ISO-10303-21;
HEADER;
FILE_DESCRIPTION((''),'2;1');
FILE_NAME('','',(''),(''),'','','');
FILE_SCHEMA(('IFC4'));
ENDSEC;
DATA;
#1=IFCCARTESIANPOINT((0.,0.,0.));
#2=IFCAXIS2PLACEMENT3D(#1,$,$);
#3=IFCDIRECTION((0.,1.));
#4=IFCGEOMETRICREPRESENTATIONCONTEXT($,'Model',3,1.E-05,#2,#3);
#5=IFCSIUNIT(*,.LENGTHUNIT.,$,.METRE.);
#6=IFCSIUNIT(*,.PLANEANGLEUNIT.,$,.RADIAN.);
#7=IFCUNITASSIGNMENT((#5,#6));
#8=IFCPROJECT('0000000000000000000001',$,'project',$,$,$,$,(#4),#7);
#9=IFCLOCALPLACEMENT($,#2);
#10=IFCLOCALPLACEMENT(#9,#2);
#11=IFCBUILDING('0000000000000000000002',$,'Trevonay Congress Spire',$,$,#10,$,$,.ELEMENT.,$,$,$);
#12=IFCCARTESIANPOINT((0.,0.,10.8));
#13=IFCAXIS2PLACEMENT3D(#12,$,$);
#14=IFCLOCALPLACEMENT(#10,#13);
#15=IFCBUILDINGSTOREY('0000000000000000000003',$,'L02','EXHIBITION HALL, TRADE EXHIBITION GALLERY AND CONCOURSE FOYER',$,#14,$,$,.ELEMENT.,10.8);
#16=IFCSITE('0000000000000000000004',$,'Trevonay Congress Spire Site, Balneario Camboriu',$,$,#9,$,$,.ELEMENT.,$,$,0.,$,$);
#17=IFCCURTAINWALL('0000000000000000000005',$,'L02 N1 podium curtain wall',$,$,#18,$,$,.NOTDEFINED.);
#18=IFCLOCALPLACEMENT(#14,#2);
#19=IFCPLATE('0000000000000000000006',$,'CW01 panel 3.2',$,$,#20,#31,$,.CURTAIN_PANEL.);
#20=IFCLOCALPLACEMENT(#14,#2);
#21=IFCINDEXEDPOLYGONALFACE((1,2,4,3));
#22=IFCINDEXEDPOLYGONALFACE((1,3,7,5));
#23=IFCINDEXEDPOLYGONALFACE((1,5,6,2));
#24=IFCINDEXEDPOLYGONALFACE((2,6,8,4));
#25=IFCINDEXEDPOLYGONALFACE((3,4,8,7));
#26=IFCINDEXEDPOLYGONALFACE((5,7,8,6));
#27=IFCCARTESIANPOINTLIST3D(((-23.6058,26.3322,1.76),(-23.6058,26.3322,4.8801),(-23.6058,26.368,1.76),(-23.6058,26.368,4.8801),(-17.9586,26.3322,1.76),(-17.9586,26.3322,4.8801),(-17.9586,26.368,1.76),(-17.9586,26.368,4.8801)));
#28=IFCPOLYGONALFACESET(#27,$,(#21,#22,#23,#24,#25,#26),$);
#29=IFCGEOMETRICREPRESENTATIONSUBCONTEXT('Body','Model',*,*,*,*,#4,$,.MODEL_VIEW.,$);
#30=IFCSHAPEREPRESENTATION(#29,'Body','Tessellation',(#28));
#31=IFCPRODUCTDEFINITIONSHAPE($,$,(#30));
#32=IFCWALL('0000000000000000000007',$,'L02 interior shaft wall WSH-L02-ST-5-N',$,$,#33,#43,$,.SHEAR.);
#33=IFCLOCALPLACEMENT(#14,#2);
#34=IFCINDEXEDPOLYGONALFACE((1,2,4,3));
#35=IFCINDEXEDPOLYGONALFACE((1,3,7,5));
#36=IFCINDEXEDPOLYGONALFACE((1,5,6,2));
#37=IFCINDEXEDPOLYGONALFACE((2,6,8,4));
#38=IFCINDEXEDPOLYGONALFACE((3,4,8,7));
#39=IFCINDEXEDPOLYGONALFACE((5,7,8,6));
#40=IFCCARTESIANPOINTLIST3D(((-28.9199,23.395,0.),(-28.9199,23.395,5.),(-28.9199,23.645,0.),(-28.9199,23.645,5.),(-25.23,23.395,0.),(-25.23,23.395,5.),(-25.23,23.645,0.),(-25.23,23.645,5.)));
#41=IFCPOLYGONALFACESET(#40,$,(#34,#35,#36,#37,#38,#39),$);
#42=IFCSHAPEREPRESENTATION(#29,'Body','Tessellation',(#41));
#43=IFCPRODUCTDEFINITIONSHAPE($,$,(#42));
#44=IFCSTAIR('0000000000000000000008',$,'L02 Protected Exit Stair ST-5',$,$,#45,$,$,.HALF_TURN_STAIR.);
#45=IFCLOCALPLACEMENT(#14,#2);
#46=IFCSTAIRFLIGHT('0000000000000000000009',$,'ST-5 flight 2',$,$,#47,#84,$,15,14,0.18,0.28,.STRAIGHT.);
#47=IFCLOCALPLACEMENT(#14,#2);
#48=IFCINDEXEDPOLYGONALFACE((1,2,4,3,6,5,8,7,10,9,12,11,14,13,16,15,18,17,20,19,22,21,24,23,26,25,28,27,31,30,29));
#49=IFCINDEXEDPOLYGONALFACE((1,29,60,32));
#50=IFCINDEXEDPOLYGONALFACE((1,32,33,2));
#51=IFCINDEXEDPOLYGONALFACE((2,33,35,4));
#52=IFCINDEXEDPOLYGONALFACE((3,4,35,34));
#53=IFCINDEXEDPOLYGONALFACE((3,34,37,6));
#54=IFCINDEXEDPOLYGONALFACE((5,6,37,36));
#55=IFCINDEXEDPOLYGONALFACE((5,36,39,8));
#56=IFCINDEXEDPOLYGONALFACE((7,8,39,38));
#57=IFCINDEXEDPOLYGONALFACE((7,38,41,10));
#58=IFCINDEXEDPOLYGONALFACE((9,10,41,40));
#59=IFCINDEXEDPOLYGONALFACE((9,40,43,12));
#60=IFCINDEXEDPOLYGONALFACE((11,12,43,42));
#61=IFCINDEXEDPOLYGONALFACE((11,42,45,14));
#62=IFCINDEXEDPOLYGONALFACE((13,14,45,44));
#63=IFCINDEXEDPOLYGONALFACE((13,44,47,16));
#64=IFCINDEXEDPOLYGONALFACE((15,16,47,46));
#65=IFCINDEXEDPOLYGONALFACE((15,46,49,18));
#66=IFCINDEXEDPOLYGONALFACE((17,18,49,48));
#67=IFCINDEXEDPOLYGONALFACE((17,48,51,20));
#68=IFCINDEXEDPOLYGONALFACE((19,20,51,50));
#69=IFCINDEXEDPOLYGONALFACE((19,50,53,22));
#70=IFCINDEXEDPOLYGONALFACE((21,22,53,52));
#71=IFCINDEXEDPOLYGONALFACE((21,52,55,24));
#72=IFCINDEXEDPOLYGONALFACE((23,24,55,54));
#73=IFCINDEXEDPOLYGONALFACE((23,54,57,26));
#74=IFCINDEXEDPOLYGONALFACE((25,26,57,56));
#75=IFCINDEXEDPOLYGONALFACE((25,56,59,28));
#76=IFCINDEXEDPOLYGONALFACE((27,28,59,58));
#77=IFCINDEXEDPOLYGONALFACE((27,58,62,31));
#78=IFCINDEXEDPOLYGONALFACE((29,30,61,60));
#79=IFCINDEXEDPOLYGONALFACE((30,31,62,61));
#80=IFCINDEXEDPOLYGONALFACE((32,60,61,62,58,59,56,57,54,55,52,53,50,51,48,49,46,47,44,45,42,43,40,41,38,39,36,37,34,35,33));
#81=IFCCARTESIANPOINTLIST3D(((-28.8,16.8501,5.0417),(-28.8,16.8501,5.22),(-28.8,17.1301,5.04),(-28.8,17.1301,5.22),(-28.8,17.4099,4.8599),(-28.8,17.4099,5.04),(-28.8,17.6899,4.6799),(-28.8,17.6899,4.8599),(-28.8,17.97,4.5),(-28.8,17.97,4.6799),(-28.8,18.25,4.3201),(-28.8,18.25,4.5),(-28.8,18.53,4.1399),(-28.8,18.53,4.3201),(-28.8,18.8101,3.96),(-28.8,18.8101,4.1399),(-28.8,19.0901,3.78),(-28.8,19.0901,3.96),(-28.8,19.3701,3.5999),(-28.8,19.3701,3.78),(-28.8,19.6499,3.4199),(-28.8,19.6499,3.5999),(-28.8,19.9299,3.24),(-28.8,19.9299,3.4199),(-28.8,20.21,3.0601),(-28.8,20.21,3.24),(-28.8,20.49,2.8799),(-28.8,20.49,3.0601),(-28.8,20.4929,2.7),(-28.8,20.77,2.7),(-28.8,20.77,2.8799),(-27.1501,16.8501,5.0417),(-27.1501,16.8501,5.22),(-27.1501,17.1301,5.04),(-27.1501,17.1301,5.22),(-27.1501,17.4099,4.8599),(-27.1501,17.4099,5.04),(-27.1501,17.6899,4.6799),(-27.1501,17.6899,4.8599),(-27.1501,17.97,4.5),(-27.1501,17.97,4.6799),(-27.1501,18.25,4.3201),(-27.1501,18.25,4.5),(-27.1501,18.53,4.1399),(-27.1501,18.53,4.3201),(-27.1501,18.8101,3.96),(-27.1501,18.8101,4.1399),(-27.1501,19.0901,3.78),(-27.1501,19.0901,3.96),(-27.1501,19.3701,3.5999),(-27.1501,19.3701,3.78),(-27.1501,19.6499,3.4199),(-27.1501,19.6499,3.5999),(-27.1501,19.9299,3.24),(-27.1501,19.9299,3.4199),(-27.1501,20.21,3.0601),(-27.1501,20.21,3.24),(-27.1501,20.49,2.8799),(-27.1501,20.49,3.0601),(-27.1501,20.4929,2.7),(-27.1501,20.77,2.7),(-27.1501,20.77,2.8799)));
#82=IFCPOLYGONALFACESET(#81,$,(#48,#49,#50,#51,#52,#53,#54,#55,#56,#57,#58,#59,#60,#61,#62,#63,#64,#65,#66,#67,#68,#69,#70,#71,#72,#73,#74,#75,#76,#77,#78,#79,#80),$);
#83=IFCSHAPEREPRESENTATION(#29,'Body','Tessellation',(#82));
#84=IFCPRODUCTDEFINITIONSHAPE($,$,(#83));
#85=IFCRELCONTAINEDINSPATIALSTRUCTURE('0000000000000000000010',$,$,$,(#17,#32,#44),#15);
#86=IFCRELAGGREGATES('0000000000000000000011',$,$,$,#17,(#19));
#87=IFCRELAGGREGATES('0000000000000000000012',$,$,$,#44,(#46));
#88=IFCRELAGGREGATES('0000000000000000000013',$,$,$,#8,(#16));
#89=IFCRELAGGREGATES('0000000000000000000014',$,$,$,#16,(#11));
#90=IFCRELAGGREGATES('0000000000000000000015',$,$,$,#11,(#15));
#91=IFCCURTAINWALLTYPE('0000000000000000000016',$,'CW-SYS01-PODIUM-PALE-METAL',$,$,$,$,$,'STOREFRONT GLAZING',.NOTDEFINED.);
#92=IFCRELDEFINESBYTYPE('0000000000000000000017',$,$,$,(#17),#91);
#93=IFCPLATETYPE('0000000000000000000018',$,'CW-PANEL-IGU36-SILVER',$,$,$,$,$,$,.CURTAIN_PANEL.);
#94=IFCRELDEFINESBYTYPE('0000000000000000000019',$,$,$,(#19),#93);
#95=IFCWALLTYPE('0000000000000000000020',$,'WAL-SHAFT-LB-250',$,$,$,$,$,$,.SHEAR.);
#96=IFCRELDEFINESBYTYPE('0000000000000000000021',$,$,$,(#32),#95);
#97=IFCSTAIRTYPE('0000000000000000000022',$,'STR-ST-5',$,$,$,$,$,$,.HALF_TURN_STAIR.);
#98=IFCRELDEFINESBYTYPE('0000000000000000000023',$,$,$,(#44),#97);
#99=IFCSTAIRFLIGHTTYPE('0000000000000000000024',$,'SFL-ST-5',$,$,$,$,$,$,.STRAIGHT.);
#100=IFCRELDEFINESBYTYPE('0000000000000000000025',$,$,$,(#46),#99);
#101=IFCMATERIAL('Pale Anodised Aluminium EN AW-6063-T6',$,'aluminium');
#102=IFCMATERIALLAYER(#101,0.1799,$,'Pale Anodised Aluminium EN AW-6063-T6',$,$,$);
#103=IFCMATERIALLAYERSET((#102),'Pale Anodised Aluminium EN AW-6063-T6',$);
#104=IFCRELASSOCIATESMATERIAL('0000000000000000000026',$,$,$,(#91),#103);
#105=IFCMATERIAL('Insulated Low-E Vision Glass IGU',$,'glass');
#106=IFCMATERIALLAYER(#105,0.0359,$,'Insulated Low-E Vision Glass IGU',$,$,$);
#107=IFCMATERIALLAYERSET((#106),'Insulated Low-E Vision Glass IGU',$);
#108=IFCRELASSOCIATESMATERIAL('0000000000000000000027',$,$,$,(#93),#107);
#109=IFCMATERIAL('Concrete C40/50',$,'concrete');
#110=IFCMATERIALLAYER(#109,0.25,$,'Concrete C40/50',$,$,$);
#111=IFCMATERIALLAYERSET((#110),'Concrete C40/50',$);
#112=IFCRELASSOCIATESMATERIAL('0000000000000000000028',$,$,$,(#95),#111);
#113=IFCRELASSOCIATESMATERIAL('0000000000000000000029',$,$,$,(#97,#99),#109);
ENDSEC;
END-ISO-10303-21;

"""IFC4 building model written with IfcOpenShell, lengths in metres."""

from ifc_helpers import new_model, si_unit, direction, frame, frame_2d, origin, origin_2d, place, context, subcontext, project, spatial, polyline, rectangle, outline, extrude, material, layer, layer_set, type_object, element, aggregate, save


model = new_model("IFC4")

# Units and contexts
model_context = context("Model", 3, precision=1e-05, world=origin(), true_north=direction((0.0, 1.0)))
body_context = subcontext(model_context, "Body", "Model", "MODEL_VIEW")
ifc_project = project(units=[si_unit("LENGTHUNIT", "METRE"), si_unit("PLANEANGLEUNIT", "RADIAN")], contexts=[model_context])

# Site, building, storey
site_placement = place(None, origin())
site = spatial("IfcSite", under=ifc_project, at=site_placement, Name="Trevonay Congress Spire Site, Balneario Camboriu", CompositionType="ELEMENT", RefElevation=0.0)
building_placement = place(site_placement, origin())
building = spatial("IfcBuilding", under=site, at=building_placement, Name="Trevonay Congress Spire", CompositionType="ELEMENT")
storey_placement = place(building_placement, frame((0.0, 0.0, 10.8)))
storey = spatial("IfcBuildingStorey", under=building, at=storey_placement, Name="L02", Description="EXHIBITION HALL, TRADE EXHIBITION GALLERY AND CONCOURSE FOYER", CompositionType="ELEMENT", Elevation=10.8)

# Curtain wall
ifc_material_1 = material(Name="Pale Anodised Aluminium EN AW-6063-T6", Category="aluminium")
ifc_layer_1 = layer(ifc_material_1, 0.1799, Name="Pale Anodised Aluminium EN AW-6063-T6")
ifc_layer_set_1 = layer_set([ifc_layer_1], Name="Pale Anodised Aluminium EN AW-6063-T6")
curtain_wall_type = type_object("IfcCurtainWallType", Name="CW-SYS01-PODIUM-PALE-METAL", ElementType="STOREFRONT GLAZING", PredefinedType="NOTDEFINED", material=ifc_layer_set_1)
curtain_wall_1_placement = place(storey_placement, origin())
curtain_wall_1 = element("IfcCurtainWall", 1, at=curtain_wall_1_placement, inside=storey, type_object=curtain_wall_type, Name="L02 N1 podium curtain wall", PredefinedType="NOTDEFINED")

# Plate
ifc_material_2 = material(Name="Insulated Low-E Vision Glass IGU", Category="glass")
ifc_layer_2 = layer(ifc_material_2, 0.0359, Name="Insulated Low-E Vision Glass IGU")
ifc_layer_set_2 = layer_set([ifc_layer_2], Name="Insulated Low-E Vision Glass IGU")
plate_type = type_object("IfcPlateType", Name="CW-PANEL-IGU36-SILVER", PredefinedType="CURTAIN_PANEL", material=ifc_layer_set_2)
plate_1_placement = place(storey_placement, frame((-20.7822, 26.3501, 1.76), z_axis=(0.0, 0.0, 1.0), x_axis=(1.0, 0.0, 0.0)))
plate_1 = element("IfcPlate", 2, at=plate_1_placement, type_object=plate_type, Name="CW01 panel 3.2", PredefinedType="CURTAIN_PANEL", context=body_context, shape_type="SweptSolid", body=[
    extrude(rectangle(XDim=5.6472, YDim=0.0359, at=origin_2d()), origin(), (0.0, 0.0, 1.0), 3.1201),
])
aggregate(curtain_wall_1, [plate_1])

# Wall
ifc_material_3 = material(Name="Concrete C40/50", Category="concrete")
ifc_layer_3 = layer(ifc_material_3, 0.25, Name="Concrete C40/50")
ifc_layer_set_3 = layer_set([ifc_layer_3], Name="Concrete C40/50")
wall_type = type_object("IfcWallType", Name="WAL-SHAFT-LB-250", PredefinedType="SHEAR", material=ifc_layer_set_3)
wall_placement = place(storey_placement, frame((-28.9199, 23.52, 0.0), z_axis=(0.0, 0.0, 1.0), x_axis=(1.0, 0.0, 0.0)))
element("IfcWall", 3, at=wall_placement, inside=storey, type_object=wall_type, Name="L02 interior shaft wall WSH-L02-ST-5-N", PredefinedType="SHEAR", context=body_context, shape_type="SweptSolid", body=[
    extrude(rectangle(XDim=3.6899, YDim=0.25, at=frame_2d((1.845, 0.0))), origin(), (0.0, 0.0, 1.0), 5.0),
])

# Stair, stair flight
stair_type = type_object("IfcStairType", Name="STR-ST-5", PredefinedType="HALF_TURN_STAIR", material=ifc_material_3)
stair_placement = place(storey_placement, origin())
stair = element("IfcStair", 4, at=stair_placement, inside=storey, type_object=stair_type, Name="L02 Protected Exit Stair ST-5", PredefinedType="HALF_TURN_STAIR")
stair_flight_type = type_object("IfcStairFlightType", Name="SFL-ST-5", PredefinedType="STRAIGHT", material=ifc_material_3)
stair_flight_placement = place(storey_placement, frame((-27.9751, 20.77, 2.7), z_axis=(0.0, 0.0, 1.0), x_axis=(0.0, -1.0, 0.0)))
stair_flight = element("IfcStairFlight", 5, at=stair_flight_placement, type_object=stair_flight_type, Name="ST-5 flight 2", NumberOfRisers=15, NumberOfTreads=14, PredefinedType="STRAIGHT", RiserHeight=0.18, TreadLength=0.28, context=body_context, shape_type="SweptSolid", body=[
    extrude(outline(polyline([(0.0, 0.0), (0.0, 0.1799), (0.28, 0.1799), (0.28, 0.3601), (0.5601, 0.3601), (0.5601, 0.54), (0.8401, 0.54), (0.8401, 0.72), (1.1201, 0.72), (1.1201, 0.8999), (1.3999, 0.8999), (1.3999, 1.0801), (1.6799, 1.0801), (1.6799, 1.26), (1.96, 1.26), (1.96, 1.4399), (2.24, 1.4399), (2.24, 1.6201), (2.52, 1.6201), (2.52, 1.8), (2.8, 1.8), (2.8, 1.98), (3.0801, 1.98), (3.0801, 2.1599), (3.3601, 2.1599), (3.3601, 2.3401), (3.6399, 2.3401), (3.6399, 2.52), (3.9199, 2.52), (3.9199, 2.7), (3.9199, 2.3418), (0.2771, 0.0), (0.0, 0.0)])), frame((0.0, 0.825, 0.0), z_axis=(0.0, -1.0, 0.0), x_axis=(1.0, 0.0, 0.0)), (0.0, 0.0, 1.0), 1.6499),
])
aggregate(stair, [stair_flight])

save(model, "model.ifc")
